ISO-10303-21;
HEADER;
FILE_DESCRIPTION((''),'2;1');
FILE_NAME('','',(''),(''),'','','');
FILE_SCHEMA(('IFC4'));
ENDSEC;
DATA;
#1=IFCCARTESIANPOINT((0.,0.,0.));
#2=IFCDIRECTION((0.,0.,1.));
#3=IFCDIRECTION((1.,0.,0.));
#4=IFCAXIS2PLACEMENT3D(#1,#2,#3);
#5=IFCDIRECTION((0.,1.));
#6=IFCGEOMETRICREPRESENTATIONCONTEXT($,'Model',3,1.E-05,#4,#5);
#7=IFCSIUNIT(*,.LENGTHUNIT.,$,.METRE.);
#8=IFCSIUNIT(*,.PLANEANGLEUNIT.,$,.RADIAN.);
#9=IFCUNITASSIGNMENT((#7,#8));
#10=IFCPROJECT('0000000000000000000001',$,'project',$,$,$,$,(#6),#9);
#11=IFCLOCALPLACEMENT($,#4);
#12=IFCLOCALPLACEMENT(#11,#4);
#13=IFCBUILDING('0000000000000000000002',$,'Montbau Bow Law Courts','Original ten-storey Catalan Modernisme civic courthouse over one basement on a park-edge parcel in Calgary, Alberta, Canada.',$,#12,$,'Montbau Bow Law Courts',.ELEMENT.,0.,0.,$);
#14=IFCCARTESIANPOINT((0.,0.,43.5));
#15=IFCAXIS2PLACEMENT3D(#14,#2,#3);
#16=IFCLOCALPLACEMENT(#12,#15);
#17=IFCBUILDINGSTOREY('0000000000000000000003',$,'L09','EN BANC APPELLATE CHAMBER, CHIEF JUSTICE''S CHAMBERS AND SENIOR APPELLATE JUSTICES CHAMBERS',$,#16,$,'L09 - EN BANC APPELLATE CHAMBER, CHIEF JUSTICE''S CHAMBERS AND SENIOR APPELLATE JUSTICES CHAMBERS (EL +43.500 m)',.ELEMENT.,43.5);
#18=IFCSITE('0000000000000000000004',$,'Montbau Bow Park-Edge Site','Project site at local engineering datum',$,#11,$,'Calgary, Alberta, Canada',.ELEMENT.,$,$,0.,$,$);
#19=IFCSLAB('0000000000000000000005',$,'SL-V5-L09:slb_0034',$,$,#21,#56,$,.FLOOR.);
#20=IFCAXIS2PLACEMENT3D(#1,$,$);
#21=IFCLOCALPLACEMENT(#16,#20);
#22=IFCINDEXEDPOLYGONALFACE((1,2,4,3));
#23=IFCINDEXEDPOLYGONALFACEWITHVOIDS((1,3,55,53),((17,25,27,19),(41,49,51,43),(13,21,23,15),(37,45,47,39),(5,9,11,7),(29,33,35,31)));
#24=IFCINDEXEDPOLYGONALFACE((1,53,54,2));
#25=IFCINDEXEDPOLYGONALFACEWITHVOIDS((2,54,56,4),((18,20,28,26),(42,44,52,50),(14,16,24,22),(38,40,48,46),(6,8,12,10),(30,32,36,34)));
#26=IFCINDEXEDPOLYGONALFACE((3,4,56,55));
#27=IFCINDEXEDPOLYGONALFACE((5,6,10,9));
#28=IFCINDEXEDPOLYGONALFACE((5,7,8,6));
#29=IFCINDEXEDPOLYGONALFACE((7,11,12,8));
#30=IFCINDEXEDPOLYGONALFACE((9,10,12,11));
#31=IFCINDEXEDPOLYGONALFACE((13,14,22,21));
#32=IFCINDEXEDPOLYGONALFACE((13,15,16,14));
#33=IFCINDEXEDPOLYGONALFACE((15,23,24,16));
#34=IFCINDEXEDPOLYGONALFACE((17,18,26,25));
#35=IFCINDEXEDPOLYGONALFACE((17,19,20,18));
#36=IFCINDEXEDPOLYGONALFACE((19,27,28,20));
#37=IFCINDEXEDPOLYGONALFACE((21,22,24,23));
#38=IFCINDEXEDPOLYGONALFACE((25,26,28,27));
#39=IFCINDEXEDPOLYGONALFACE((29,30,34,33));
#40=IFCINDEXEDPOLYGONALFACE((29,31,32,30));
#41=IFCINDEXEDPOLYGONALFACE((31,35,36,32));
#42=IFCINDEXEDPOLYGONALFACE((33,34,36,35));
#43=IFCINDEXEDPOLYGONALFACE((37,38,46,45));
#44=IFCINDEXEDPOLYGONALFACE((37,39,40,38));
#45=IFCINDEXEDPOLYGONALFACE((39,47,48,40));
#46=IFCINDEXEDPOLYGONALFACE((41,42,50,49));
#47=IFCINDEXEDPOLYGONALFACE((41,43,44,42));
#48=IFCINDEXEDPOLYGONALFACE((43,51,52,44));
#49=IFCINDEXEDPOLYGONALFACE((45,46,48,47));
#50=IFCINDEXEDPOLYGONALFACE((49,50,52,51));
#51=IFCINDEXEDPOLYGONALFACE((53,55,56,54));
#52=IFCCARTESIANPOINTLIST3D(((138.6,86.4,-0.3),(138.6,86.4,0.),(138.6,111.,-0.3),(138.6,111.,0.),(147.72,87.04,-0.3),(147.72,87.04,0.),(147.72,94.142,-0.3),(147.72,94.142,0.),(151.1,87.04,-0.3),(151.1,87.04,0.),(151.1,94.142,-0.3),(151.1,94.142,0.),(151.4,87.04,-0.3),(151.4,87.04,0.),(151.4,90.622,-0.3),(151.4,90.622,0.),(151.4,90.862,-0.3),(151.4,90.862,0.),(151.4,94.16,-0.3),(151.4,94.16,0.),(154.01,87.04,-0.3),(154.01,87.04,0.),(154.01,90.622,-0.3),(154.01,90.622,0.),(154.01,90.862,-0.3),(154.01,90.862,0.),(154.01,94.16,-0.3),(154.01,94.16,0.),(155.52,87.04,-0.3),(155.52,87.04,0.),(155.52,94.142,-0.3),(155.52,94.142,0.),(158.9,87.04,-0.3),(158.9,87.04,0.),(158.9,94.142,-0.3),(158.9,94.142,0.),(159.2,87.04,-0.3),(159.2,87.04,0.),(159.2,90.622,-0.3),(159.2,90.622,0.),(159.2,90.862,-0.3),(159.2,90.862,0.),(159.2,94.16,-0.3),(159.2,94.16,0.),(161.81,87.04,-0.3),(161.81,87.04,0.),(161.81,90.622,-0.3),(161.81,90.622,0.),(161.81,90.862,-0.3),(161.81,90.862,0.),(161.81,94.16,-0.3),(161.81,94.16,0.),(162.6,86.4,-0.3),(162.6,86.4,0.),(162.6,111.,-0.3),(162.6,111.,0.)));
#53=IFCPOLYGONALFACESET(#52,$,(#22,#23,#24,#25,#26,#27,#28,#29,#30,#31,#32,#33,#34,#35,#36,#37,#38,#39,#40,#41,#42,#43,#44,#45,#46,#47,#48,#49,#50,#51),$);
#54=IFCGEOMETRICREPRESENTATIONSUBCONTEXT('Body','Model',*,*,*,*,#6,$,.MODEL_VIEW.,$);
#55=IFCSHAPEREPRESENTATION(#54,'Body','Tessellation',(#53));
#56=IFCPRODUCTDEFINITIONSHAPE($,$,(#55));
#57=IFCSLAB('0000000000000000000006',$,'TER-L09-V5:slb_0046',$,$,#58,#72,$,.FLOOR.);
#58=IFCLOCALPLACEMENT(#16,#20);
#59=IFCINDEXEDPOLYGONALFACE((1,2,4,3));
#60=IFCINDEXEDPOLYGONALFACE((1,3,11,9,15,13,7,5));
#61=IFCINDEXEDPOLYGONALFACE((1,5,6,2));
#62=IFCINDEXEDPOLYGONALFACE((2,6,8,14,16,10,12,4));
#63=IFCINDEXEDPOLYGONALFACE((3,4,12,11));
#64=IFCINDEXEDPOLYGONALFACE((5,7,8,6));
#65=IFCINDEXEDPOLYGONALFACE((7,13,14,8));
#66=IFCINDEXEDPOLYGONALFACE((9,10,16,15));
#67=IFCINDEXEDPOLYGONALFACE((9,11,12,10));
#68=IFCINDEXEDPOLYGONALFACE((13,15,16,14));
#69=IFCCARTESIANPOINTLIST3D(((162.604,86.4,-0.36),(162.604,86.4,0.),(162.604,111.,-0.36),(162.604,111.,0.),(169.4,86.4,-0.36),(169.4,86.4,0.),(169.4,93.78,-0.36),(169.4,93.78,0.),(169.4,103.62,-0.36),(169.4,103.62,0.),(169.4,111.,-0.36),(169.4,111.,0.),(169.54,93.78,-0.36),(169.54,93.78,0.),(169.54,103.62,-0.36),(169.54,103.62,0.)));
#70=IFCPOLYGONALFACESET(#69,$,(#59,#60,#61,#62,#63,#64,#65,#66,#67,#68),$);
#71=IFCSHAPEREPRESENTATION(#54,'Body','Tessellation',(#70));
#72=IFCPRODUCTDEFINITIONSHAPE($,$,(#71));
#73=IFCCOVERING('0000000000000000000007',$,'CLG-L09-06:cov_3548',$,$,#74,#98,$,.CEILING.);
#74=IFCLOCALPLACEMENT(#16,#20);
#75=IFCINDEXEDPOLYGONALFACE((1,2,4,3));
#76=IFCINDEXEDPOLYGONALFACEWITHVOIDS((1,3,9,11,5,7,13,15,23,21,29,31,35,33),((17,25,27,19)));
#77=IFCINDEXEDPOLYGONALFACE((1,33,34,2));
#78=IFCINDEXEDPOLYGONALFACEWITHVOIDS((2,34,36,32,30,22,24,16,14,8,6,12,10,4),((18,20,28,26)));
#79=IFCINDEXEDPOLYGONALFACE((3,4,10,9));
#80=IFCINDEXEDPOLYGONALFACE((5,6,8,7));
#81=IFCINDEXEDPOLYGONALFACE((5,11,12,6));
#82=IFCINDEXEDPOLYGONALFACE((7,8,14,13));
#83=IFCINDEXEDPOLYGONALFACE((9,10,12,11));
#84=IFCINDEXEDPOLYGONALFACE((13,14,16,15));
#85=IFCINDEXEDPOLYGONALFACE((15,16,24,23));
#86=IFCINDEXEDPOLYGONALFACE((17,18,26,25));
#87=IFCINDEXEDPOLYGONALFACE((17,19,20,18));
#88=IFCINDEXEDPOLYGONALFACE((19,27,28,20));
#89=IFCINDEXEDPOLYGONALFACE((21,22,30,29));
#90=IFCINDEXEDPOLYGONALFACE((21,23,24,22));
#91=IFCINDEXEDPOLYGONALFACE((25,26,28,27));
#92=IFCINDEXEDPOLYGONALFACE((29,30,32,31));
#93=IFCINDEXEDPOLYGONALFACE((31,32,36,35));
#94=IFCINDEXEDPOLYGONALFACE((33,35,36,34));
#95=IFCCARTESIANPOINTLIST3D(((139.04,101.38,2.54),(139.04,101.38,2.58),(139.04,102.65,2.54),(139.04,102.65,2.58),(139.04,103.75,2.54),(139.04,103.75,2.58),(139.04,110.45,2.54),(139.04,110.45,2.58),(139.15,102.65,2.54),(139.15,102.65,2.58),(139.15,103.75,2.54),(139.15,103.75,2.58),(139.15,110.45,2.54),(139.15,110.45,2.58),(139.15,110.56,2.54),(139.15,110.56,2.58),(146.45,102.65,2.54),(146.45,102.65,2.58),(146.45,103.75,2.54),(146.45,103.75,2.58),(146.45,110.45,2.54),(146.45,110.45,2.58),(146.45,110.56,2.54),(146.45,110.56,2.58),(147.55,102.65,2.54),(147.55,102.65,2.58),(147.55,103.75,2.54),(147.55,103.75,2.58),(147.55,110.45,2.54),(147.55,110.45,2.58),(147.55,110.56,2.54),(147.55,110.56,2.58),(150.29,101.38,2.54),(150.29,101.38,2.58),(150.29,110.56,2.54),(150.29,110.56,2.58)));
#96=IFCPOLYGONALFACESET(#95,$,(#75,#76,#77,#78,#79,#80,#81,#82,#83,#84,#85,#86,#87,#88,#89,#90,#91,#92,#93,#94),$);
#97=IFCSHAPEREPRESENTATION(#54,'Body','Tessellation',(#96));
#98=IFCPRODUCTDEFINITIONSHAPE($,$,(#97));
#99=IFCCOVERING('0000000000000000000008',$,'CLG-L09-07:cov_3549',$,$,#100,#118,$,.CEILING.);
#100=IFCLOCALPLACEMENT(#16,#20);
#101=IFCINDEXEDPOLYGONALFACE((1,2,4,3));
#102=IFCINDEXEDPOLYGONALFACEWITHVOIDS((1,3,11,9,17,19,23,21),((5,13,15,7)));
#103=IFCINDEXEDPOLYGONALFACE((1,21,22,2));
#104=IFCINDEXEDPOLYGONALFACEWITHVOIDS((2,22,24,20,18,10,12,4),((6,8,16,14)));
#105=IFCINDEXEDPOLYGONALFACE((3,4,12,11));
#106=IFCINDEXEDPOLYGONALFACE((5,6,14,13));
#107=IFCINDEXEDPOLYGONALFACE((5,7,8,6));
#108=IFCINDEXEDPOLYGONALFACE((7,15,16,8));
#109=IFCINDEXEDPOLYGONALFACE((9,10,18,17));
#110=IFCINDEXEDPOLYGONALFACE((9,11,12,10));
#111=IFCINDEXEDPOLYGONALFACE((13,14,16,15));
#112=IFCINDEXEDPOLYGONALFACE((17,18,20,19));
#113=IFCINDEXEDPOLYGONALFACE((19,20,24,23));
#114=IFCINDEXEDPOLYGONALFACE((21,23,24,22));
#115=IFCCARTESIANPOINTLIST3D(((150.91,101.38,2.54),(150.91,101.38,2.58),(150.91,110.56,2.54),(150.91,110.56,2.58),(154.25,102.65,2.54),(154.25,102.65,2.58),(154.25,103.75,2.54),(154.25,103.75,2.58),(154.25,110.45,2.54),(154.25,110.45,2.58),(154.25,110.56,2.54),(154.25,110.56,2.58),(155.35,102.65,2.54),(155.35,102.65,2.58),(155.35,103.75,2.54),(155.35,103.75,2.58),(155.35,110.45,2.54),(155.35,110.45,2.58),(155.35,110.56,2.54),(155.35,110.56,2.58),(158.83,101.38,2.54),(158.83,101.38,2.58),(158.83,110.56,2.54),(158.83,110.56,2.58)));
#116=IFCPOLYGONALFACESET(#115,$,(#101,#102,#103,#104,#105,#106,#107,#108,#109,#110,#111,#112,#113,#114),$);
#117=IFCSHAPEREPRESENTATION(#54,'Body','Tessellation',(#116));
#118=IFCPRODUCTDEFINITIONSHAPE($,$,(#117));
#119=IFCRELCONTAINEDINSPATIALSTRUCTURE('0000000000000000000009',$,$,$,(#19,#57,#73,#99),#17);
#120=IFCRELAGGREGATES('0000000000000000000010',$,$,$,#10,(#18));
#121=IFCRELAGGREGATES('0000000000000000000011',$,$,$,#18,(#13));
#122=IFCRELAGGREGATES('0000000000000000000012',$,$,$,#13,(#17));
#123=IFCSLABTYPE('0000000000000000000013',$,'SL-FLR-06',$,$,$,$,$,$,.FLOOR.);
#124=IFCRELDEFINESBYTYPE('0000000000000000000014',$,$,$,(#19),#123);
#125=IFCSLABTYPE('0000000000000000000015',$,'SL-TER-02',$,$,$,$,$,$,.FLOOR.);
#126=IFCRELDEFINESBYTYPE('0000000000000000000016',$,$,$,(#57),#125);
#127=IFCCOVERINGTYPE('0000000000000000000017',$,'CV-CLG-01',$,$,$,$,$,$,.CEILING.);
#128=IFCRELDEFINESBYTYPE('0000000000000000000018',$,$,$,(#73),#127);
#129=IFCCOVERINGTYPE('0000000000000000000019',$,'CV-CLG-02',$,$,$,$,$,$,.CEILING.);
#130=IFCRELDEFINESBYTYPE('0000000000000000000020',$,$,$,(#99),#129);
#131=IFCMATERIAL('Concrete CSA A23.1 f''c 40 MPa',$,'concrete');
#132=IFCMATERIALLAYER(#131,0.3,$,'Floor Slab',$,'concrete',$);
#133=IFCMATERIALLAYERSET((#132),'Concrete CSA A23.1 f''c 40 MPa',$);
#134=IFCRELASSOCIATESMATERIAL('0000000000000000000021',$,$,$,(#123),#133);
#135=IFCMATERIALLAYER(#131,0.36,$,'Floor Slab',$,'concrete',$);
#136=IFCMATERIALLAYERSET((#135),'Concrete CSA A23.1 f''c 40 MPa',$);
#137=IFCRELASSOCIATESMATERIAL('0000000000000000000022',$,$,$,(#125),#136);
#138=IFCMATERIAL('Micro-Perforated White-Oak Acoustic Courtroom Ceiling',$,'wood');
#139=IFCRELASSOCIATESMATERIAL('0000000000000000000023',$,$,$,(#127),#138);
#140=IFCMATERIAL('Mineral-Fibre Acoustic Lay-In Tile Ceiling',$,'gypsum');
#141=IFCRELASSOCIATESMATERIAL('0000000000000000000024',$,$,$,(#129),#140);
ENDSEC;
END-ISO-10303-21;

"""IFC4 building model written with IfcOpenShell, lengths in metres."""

from ifc_helpers import new_model, si_unit, direction, frame, origin_with_axes, place, context, subcontext, project, spatial, polyline, outline, extrude, material, layer, layer_set, type_object, element, save


model = new_model("IFC4")

# Units and contexts
model_context = context("Model", 3, precision=1e-05, world=origin_with_axes(), true_north=direction((0.0, 1.0)))
body_context = subcontext(model_context, "Body", "Model", "MODEL_VIEW")
ifc_project = project(units=[si_unit("LENGTHUNIT", "METRE"), si_unit("PLANEANGLEUNIT", "RADIAN")], contexts=[model_context])

# Site, building, storey
site_placement = place(None, origin_with_axes())
site = spatial("IfcSite", under=ifc_project, at=site_placement, Name="Montbau Bow Park-Edge Site", Description="Project site at local engineering datum", LongName="Calgary, Alberta, Canada", CompositionType="ELEMENT", RefElevation=0.0)
building_placement = place(site_placement, origin_with_axes())
building = spatial("IfcBuilding", under=site, at=building_placement, Name="Montbau Bow Law Courts", Description="Original ten-storey Catalan Modernisme civic courthouse over one basement on a park-edge parcel in Calgary, Alberta, Canada.", LongName="Montbau Bow Law Courts", CompositionType="ELEMENT", ElevationOfRefHeight=0.0, ElevationOfTerrain=0.0)
storey_placement = place(building_placement, frame((0.0, 0.0, 43.5), z_axis=(0.0, 0.0, 1.0), x_axis=(1.0, 0.0, 0.0)))
storey = spatial("IfcBuildingStorey", under=building, at=storey_placement, Name="L09", Description="EN BANC APPELLATE CHAMBER, CHIEF JUSTICE'S CHAMBERS AND SENIOR APPELLATE JUSTICES CHAMBERS", LongName="L09 - EN BANC APPELLATE CHAMBER, CHIEF JUSTICE'S CHAMBERS AND SENIOR APPELLATE JUSTICES CHAMBERS (EL +43.500 m)", CompositionType="ELEMENT", Elevation=43.5)

# Slabs
ifc_material_1 = material(Name="Concrete CSA A23.1 f'c 40 MPa", Category="concrete")
ifc_layer_1 = layer(ifc_material_1, 0.3, Name="Floor Slab", Category="concrete")
ifc_layer_set_1 = layer_set([ifc_layer_1], Name="Concrete CSA A23.1 f'c 40 MPa")
slab_type_1 = type_object("IfcSlabType", Name="SL-FLR-06", PredefinedType="FLOOR", material=ifc_layer_set_1)
slab_1_placement = place(None, frame((0.0, 0.0, 43.2), z_axis=(0.0, 0.0, 1.0), x_axis=(1.0, 0.0, 0.0)))
element("IfcSlab", 1, at=slab_1_placement, inside=storey, type_object=slab_type_1, Name="SL-V5-L09:slb_0034", PredefinedType="FLOOR", context=body_context, shape_type="SweptSolid", body=[
    extrude(outline(polyline([(138.6, 86.4), (162.6, 86.4), (162.6, 111.0), (138.6, 111.0), (138.6, 86.4)]), holes=[polyline([(147.72, 87.04), (151.1, 87.04), (151.1, 94.142), (147.72, 94.142), (147.72, 87.04)]), polyline([(151.4, 87.04), (154.01, 87.04), (154.01, 90.622), (151.4, 90.622), (151.4, 87.04)]), polyline([(151.4, 90.862), (154.01, 90.862), (154.01, 94.16), (151.4, 94.16), (151.4, 90.862)]), polyline([(155.52, 87.04), (158.9, 87.04), (158.9, 94.142), (155.52, 94.142), (155.52, 87.04)]), polyline([(159.2, 87.04), (161.81, 87.04), (161.81, 90.622), (159.2, 90.622), (159.2, 87.04)]), polyline([(159.2, 90.862), (161.81, 90.862), (161.81, 94.16), (159.2, 94.16), (159.2, 90.862)])]), origin_with_axes(), (0.0, 0.0, 1.0), 0.3),
])
ifc_layer_2 = layer(ifc_material_1, 0.36, Name="Floor Slab", Category="concrete")
ifc_layer_set_2 = layer_set([ifc_layer_2], Name="Concrete CSA A23.1 f'c 40 MPa")
slab_type_2 = type_object("IfcSlabType", Name="SL-TER-02", PredefinedType="FLOOR", material=ifc_layer_set_2)
slab_2_placement = place(None, frame((0.0, 0.0, 43.14), z_axis=(0.0, 0.0, 1.0), x_axis=(1.0, 0.0, 0.0)))
element("IfcSlab", 2, at=slab_2_placement, inside=storey, type_object=slab_type_2, Name="TER-L09-V5:slb_0046", PredefinedType="FLOOR", context=body_context, shape_type="SweptSolid", body=[
    extrude(outline(polyline([(162.604, 86.4), (169.4, 86.4), (169.4, 93.78), (169.54, 93.78), (169.54, 103.62), (169.4, 103.62), (169.4, 111.0), (162.604, 111.0), (162.604, 86.4)])), origin_with_axes(), (0.0, 0.0, 1.0), 0.36),
])

# Coverings
ifc_material_2 = material(Name="Micro-Perforated White-Oak Acoustic Courtroom Ceiling", Category="wood")
covering_type_1 = type_object("IfcCoveringType", Name="CV-CLG-01", PredefinedType="CEILING", material=ifc_material_2)
covering_1_placement = place(None, frame((0.0, 0.0, 46.04), z_axis=(0.0, 0.0, 1.0), x_axis=(1.0, 0.0, 0.0)))
element("IfcCovering", 3, at=covering_1_placement, inside=storey, type_object=covering_type_1, Name="CLG-L09-06:cov_3548", PredefinedType="CEILING", context=body_context, shape_type="SweptSolid", body=[
    extrude(outline(polyline([(146.45, 110.56), (146.45, 110.45), (147.55, 110.45), (147.55, 110.56), (150.29, 110.56), (150.29, 101.38), (139.04, 101.38), (139.04, 102.65), (139.15, 102.65), (139.15, 103.75), (139.04, 103.75), (139.04, 110.45), (139.15, 110.45), (139.15, 110.56), (146.45, 110.56)]), holes=[polyline([(147.55, 103.75), (146.45, 103.75), (146.45, 102.65), (147.55, 102.65), (147.55, 103.75)])]), origin_with_axes(), (0.0, 0.0, 1.0), 0.04),
])
ifc_material_3 = material(Name="Mineral-Fibre Acoustic Lay-In Tile Ceiling", Category="gypsum")
covering_type_2 = type_object("IfcCoveringType", Name="CV-CLG-02", PredefinedType="CEILING", material=ifc_material_3)
covering_2_placement = place(None, frame((0.0, 0.0, 46.04), z_axis=(0.0, 0.0, 1.0), x_axis=(1.0, 0.0, 0.0)))
element("IfcCovering", 4, at=covering_2_placement, inside=storey, type_object=covering_type_2, Name="CLG-L09-07:cov_3549", PredefinedType="CEILING", context=body_context, shape_type="SweptSolid", body=[
    extrude(outline(polyline([(154.25, 110.56), (154.25, 110.45), (155.35, 110.45), (155.35, 110.56), (158.83, 110.56), (158.83, 101.38), (150.91, 101.38), (150.91, 110.56), (154.25, 110.56)]), holes=[polyline([(155.35, 103.75), (154.25, 103.75), (154.25, 102.65), (155.35, 102.65), (155.35, 103.75)])]), origin_with_axes(), (0.0, 0.0, 1.0), 0.04),
])

save(model, "model.ifc")
